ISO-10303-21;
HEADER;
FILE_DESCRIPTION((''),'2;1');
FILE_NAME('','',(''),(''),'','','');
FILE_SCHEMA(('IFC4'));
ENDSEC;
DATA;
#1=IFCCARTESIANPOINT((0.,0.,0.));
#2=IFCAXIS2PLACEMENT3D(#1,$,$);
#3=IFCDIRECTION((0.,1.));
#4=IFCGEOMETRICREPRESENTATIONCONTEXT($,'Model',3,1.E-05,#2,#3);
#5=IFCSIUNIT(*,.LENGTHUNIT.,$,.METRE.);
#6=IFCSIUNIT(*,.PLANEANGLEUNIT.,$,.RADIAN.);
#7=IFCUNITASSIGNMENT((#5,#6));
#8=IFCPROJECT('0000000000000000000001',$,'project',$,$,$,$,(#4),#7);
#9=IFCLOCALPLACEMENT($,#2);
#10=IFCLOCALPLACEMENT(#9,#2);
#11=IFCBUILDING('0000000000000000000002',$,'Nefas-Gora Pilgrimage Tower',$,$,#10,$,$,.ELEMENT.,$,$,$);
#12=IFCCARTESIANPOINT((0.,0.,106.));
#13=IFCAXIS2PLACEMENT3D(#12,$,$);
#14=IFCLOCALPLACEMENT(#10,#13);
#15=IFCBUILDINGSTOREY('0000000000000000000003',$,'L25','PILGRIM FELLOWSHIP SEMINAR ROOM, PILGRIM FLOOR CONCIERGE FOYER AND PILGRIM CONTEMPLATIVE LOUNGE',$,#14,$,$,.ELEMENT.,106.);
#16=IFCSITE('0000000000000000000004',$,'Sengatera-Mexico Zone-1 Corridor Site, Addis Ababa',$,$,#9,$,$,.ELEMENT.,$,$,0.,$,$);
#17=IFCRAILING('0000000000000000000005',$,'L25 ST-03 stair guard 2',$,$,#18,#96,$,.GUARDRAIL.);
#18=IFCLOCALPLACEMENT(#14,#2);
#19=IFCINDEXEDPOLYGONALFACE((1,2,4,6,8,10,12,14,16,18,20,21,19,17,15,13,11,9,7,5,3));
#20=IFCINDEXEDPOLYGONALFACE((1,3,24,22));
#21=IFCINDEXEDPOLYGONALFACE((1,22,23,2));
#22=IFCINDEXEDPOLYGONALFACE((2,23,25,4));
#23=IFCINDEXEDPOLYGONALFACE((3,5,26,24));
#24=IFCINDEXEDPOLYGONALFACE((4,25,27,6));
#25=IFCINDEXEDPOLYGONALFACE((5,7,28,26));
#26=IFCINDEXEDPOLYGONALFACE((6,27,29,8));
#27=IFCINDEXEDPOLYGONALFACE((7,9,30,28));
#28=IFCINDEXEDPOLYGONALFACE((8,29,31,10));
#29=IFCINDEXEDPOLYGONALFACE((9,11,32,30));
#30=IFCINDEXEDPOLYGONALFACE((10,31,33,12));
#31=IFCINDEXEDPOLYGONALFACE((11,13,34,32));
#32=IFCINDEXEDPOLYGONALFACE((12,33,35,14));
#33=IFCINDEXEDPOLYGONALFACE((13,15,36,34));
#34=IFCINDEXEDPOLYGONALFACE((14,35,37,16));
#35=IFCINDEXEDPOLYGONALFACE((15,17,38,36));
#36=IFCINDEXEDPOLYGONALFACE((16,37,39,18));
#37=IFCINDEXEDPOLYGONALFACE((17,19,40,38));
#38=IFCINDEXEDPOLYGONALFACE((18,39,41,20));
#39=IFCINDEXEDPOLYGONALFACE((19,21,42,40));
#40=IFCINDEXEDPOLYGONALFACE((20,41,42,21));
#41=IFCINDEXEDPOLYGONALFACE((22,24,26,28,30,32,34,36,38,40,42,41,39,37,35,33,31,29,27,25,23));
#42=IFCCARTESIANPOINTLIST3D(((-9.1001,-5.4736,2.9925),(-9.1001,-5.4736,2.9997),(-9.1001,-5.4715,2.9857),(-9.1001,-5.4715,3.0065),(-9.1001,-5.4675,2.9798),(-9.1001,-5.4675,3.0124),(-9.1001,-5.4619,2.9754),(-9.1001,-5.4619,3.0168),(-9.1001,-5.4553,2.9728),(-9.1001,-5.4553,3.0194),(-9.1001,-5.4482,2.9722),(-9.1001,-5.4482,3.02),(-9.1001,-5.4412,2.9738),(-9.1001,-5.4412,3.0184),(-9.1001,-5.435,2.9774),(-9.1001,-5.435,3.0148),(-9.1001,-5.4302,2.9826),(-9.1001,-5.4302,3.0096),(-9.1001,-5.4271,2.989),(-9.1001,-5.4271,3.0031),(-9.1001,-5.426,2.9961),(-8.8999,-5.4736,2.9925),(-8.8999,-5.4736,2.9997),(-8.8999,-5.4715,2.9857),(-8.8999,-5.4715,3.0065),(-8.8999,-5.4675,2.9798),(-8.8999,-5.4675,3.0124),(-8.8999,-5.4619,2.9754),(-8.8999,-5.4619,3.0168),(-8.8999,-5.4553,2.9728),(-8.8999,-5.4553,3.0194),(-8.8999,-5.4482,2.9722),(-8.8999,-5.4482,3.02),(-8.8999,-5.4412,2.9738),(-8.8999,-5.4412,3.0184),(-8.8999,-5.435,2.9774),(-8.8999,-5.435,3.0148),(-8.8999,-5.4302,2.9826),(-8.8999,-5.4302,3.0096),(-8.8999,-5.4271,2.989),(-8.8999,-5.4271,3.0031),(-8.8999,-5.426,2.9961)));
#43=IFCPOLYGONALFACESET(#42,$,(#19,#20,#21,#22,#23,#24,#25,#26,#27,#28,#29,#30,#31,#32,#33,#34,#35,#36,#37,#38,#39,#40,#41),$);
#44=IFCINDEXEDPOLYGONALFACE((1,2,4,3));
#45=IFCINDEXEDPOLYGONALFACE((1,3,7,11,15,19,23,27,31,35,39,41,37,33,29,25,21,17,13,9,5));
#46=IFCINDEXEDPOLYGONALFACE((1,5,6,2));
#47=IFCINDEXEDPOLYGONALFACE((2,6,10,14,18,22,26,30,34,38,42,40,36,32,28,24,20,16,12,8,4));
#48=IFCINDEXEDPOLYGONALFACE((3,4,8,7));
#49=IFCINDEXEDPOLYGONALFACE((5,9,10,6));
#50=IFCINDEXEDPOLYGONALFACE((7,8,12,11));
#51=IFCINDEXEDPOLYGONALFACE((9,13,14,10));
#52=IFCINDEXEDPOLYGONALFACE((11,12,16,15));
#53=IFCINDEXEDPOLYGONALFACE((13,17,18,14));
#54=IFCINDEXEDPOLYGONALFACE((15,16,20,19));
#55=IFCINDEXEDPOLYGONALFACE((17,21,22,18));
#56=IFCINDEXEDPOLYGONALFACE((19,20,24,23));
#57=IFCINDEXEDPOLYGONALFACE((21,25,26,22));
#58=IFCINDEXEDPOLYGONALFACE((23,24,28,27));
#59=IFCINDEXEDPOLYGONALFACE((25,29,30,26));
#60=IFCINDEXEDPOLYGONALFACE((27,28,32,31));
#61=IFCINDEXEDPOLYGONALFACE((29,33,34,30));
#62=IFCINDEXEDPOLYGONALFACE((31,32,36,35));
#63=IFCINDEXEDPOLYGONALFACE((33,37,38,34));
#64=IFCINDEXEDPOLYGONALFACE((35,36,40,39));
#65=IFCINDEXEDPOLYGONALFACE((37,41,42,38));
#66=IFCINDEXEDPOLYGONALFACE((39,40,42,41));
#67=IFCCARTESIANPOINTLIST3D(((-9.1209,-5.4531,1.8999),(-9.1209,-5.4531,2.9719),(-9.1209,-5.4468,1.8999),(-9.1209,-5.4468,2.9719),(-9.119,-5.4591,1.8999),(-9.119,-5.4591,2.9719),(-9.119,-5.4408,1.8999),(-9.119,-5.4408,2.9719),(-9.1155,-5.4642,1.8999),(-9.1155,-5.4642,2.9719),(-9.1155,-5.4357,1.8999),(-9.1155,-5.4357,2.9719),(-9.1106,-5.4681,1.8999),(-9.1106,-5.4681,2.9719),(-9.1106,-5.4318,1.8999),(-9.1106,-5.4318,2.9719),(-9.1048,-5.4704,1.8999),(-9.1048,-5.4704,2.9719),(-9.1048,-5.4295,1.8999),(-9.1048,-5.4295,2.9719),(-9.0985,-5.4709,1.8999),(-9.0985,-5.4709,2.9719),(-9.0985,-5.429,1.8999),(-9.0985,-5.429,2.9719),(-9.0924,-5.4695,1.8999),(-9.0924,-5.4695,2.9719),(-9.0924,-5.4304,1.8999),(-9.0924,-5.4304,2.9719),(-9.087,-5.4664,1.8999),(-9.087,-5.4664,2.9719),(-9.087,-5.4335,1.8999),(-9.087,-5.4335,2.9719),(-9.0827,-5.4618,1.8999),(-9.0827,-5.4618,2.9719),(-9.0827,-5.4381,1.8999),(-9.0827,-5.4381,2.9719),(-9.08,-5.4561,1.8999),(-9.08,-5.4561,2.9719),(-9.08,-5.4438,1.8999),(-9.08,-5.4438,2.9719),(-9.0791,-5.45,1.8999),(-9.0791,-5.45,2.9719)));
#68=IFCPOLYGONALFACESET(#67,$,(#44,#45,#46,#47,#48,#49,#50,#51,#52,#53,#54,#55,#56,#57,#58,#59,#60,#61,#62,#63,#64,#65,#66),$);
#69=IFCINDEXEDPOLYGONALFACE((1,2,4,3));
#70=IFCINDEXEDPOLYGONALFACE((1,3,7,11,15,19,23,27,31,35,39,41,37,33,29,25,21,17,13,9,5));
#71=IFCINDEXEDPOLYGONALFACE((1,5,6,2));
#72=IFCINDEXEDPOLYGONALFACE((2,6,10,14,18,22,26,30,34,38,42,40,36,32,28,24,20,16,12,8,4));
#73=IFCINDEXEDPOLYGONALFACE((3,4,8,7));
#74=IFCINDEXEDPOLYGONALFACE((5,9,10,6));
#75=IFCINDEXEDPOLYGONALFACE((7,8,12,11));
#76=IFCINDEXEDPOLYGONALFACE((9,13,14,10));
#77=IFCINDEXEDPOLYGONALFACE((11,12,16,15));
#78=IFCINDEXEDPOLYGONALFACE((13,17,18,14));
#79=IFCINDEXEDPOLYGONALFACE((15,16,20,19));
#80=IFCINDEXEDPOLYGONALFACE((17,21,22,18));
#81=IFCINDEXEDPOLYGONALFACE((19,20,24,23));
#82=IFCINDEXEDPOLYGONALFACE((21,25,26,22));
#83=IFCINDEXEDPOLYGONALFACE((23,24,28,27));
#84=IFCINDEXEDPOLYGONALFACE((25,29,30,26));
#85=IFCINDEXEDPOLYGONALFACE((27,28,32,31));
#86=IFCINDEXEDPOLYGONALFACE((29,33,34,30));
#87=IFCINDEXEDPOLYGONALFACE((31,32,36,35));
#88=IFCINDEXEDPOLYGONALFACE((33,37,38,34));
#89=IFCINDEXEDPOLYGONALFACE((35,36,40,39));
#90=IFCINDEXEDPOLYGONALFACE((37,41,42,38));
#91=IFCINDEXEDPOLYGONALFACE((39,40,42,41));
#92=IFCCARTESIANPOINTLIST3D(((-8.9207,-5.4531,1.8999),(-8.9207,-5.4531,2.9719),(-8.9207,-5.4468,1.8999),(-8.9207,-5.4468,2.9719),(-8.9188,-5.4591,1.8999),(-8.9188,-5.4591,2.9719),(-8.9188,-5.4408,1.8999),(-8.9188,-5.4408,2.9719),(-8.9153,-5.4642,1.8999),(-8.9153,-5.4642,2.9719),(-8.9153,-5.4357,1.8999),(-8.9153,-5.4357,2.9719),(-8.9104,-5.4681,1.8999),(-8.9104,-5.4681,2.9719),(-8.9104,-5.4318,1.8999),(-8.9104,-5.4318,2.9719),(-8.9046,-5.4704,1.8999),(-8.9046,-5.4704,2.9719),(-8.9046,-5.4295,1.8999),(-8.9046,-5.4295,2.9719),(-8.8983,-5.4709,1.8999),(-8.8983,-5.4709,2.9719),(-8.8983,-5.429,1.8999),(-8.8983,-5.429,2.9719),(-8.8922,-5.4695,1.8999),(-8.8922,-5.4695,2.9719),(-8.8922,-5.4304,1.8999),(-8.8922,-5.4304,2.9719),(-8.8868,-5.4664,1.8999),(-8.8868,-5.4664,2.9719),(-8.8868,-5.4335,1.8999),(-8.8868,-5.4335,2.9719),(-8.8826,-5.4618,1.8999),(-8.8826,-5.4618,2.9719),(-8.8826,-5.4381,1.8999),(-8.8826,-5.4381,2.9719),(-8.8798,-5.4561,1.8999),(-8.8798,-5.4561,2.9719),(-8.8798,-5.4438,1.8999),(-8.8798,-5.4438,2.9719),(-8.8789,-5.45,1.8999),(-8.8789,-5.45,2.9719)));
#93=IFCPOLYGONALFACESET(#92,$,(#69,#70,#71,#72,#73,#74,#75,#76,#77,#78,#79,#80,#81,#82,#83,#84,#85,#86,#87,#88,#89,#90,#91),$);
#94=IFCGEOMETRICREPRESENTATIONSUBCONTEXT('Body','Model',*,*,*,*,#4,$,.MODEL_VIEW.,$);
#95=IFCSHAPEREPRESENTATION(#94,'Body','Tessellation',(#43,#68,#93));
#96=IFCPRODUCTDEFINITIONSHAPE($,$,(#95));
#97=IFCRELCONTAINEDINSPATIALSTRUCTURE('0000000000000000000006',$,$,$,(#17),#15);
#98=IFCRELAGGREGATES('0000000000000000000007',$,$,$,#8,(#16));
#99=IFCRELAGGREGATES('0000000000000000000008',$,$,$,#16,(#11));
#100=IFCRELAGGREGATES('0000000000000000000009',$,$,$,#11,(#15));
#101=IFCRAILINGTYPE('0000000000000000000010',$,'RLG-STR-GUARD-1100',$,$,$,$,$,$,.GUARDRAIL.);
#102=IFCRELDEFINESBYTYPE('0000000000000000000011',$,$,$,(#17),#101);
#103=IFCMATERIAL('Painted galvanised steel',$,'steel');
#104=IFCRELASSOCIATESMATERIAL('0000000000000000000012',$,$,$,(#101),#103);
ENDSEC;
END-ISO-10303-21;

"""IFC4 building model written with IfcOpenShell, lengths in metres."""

from ifc_helpers import new_model, si_unit, direction, frame, origin, origin_2d, place, context, subcontext, project, spatial, circle, extrude, material, type_object, element, save


model = new_model("IFC4")

# Units and contexts
model_context = context("Model", 3, precision=1e-05, world=origin(), true_north=direction((0.0, 1.0)))
body_context = subcontext(model_context, "Body", "Model", "MODEL_VIEW")
ifc_project = project(units=[si_unit("LENGTHUNIT", "METRE"), si_unit("PLANEANGLEUNIT", "RADIAN")], contexts=[model_context])

# Site, building, storey
site_placement = place(None, origin())
site = spatial("IfcSite", under=ifc_project, at=site_placement, Name="Sengatera-Mexico Zone-1 Corridor Site, Addis Ababa", CompositionType="ELEMENT", RefElevation=0.0)
building_placement = place(site_placement, origin())
building = spatial("IfcBuilding", under=site, at=building_placement, Name="Nefas-Gora Pilgrimage Tower", CompositionType="ELEMENT")
storey_placement = place(building_placement, frame((0.0, 0.0, 106.0)))
storey = spatial("IfcBuildingStorey", under=building, at=storey_placement, Name="L25", Description="PILGRIM FELLOWSHIP SEMINAR ROOM, PILGRIM FLOOR CONCIERGE FOYER AND PILGRIM CONTEMPLATIVE LOUNGE", CompositionType="ELEMENT", Elevation=106.0)

# Railing
ifc_material_1 = material(Name="Painted galvanised steel", Category="steel")
railing_type_1 = type_object("IfcRailingType", Name="RLG-STR-GUARD-1100", PredefinedType="GUARDRAIL", material=ifc_material_1)
railing_1_placement = place(storey_placement, frame((-9.1001, -5.45, 1.8999)))
element("IfcRailing", 1, at=railing_1_placement, inside=storey, type_object=railing_type_1, Name="L25 ST-03 stair guard 2", PredefinedType="GUARDRAIL", context=body_context, shape_type="SweptSolid", body=[
    extrude(circle(Radius=0.0239, at=origin_2d()), frame((0.0, 0.0, 1.0962), z_axis=(1.0, 0.0, 0.0), x_axis=(0.0, 1.0, 0.0)), (0.0, 0.0, 1.0), 0.2002),
    extrude(circle(Radius=0.021, at=origin_2d()), origin(), (0.0, 0.0, 1.0), 1.072),
    extrude(circle(Radius=0.021, at=origin_2d()), frame((0.2002, 0.0, 0.0)), (0.0, 0.0, 1.0), 1.072),
])

save(model, "model.ifc")
